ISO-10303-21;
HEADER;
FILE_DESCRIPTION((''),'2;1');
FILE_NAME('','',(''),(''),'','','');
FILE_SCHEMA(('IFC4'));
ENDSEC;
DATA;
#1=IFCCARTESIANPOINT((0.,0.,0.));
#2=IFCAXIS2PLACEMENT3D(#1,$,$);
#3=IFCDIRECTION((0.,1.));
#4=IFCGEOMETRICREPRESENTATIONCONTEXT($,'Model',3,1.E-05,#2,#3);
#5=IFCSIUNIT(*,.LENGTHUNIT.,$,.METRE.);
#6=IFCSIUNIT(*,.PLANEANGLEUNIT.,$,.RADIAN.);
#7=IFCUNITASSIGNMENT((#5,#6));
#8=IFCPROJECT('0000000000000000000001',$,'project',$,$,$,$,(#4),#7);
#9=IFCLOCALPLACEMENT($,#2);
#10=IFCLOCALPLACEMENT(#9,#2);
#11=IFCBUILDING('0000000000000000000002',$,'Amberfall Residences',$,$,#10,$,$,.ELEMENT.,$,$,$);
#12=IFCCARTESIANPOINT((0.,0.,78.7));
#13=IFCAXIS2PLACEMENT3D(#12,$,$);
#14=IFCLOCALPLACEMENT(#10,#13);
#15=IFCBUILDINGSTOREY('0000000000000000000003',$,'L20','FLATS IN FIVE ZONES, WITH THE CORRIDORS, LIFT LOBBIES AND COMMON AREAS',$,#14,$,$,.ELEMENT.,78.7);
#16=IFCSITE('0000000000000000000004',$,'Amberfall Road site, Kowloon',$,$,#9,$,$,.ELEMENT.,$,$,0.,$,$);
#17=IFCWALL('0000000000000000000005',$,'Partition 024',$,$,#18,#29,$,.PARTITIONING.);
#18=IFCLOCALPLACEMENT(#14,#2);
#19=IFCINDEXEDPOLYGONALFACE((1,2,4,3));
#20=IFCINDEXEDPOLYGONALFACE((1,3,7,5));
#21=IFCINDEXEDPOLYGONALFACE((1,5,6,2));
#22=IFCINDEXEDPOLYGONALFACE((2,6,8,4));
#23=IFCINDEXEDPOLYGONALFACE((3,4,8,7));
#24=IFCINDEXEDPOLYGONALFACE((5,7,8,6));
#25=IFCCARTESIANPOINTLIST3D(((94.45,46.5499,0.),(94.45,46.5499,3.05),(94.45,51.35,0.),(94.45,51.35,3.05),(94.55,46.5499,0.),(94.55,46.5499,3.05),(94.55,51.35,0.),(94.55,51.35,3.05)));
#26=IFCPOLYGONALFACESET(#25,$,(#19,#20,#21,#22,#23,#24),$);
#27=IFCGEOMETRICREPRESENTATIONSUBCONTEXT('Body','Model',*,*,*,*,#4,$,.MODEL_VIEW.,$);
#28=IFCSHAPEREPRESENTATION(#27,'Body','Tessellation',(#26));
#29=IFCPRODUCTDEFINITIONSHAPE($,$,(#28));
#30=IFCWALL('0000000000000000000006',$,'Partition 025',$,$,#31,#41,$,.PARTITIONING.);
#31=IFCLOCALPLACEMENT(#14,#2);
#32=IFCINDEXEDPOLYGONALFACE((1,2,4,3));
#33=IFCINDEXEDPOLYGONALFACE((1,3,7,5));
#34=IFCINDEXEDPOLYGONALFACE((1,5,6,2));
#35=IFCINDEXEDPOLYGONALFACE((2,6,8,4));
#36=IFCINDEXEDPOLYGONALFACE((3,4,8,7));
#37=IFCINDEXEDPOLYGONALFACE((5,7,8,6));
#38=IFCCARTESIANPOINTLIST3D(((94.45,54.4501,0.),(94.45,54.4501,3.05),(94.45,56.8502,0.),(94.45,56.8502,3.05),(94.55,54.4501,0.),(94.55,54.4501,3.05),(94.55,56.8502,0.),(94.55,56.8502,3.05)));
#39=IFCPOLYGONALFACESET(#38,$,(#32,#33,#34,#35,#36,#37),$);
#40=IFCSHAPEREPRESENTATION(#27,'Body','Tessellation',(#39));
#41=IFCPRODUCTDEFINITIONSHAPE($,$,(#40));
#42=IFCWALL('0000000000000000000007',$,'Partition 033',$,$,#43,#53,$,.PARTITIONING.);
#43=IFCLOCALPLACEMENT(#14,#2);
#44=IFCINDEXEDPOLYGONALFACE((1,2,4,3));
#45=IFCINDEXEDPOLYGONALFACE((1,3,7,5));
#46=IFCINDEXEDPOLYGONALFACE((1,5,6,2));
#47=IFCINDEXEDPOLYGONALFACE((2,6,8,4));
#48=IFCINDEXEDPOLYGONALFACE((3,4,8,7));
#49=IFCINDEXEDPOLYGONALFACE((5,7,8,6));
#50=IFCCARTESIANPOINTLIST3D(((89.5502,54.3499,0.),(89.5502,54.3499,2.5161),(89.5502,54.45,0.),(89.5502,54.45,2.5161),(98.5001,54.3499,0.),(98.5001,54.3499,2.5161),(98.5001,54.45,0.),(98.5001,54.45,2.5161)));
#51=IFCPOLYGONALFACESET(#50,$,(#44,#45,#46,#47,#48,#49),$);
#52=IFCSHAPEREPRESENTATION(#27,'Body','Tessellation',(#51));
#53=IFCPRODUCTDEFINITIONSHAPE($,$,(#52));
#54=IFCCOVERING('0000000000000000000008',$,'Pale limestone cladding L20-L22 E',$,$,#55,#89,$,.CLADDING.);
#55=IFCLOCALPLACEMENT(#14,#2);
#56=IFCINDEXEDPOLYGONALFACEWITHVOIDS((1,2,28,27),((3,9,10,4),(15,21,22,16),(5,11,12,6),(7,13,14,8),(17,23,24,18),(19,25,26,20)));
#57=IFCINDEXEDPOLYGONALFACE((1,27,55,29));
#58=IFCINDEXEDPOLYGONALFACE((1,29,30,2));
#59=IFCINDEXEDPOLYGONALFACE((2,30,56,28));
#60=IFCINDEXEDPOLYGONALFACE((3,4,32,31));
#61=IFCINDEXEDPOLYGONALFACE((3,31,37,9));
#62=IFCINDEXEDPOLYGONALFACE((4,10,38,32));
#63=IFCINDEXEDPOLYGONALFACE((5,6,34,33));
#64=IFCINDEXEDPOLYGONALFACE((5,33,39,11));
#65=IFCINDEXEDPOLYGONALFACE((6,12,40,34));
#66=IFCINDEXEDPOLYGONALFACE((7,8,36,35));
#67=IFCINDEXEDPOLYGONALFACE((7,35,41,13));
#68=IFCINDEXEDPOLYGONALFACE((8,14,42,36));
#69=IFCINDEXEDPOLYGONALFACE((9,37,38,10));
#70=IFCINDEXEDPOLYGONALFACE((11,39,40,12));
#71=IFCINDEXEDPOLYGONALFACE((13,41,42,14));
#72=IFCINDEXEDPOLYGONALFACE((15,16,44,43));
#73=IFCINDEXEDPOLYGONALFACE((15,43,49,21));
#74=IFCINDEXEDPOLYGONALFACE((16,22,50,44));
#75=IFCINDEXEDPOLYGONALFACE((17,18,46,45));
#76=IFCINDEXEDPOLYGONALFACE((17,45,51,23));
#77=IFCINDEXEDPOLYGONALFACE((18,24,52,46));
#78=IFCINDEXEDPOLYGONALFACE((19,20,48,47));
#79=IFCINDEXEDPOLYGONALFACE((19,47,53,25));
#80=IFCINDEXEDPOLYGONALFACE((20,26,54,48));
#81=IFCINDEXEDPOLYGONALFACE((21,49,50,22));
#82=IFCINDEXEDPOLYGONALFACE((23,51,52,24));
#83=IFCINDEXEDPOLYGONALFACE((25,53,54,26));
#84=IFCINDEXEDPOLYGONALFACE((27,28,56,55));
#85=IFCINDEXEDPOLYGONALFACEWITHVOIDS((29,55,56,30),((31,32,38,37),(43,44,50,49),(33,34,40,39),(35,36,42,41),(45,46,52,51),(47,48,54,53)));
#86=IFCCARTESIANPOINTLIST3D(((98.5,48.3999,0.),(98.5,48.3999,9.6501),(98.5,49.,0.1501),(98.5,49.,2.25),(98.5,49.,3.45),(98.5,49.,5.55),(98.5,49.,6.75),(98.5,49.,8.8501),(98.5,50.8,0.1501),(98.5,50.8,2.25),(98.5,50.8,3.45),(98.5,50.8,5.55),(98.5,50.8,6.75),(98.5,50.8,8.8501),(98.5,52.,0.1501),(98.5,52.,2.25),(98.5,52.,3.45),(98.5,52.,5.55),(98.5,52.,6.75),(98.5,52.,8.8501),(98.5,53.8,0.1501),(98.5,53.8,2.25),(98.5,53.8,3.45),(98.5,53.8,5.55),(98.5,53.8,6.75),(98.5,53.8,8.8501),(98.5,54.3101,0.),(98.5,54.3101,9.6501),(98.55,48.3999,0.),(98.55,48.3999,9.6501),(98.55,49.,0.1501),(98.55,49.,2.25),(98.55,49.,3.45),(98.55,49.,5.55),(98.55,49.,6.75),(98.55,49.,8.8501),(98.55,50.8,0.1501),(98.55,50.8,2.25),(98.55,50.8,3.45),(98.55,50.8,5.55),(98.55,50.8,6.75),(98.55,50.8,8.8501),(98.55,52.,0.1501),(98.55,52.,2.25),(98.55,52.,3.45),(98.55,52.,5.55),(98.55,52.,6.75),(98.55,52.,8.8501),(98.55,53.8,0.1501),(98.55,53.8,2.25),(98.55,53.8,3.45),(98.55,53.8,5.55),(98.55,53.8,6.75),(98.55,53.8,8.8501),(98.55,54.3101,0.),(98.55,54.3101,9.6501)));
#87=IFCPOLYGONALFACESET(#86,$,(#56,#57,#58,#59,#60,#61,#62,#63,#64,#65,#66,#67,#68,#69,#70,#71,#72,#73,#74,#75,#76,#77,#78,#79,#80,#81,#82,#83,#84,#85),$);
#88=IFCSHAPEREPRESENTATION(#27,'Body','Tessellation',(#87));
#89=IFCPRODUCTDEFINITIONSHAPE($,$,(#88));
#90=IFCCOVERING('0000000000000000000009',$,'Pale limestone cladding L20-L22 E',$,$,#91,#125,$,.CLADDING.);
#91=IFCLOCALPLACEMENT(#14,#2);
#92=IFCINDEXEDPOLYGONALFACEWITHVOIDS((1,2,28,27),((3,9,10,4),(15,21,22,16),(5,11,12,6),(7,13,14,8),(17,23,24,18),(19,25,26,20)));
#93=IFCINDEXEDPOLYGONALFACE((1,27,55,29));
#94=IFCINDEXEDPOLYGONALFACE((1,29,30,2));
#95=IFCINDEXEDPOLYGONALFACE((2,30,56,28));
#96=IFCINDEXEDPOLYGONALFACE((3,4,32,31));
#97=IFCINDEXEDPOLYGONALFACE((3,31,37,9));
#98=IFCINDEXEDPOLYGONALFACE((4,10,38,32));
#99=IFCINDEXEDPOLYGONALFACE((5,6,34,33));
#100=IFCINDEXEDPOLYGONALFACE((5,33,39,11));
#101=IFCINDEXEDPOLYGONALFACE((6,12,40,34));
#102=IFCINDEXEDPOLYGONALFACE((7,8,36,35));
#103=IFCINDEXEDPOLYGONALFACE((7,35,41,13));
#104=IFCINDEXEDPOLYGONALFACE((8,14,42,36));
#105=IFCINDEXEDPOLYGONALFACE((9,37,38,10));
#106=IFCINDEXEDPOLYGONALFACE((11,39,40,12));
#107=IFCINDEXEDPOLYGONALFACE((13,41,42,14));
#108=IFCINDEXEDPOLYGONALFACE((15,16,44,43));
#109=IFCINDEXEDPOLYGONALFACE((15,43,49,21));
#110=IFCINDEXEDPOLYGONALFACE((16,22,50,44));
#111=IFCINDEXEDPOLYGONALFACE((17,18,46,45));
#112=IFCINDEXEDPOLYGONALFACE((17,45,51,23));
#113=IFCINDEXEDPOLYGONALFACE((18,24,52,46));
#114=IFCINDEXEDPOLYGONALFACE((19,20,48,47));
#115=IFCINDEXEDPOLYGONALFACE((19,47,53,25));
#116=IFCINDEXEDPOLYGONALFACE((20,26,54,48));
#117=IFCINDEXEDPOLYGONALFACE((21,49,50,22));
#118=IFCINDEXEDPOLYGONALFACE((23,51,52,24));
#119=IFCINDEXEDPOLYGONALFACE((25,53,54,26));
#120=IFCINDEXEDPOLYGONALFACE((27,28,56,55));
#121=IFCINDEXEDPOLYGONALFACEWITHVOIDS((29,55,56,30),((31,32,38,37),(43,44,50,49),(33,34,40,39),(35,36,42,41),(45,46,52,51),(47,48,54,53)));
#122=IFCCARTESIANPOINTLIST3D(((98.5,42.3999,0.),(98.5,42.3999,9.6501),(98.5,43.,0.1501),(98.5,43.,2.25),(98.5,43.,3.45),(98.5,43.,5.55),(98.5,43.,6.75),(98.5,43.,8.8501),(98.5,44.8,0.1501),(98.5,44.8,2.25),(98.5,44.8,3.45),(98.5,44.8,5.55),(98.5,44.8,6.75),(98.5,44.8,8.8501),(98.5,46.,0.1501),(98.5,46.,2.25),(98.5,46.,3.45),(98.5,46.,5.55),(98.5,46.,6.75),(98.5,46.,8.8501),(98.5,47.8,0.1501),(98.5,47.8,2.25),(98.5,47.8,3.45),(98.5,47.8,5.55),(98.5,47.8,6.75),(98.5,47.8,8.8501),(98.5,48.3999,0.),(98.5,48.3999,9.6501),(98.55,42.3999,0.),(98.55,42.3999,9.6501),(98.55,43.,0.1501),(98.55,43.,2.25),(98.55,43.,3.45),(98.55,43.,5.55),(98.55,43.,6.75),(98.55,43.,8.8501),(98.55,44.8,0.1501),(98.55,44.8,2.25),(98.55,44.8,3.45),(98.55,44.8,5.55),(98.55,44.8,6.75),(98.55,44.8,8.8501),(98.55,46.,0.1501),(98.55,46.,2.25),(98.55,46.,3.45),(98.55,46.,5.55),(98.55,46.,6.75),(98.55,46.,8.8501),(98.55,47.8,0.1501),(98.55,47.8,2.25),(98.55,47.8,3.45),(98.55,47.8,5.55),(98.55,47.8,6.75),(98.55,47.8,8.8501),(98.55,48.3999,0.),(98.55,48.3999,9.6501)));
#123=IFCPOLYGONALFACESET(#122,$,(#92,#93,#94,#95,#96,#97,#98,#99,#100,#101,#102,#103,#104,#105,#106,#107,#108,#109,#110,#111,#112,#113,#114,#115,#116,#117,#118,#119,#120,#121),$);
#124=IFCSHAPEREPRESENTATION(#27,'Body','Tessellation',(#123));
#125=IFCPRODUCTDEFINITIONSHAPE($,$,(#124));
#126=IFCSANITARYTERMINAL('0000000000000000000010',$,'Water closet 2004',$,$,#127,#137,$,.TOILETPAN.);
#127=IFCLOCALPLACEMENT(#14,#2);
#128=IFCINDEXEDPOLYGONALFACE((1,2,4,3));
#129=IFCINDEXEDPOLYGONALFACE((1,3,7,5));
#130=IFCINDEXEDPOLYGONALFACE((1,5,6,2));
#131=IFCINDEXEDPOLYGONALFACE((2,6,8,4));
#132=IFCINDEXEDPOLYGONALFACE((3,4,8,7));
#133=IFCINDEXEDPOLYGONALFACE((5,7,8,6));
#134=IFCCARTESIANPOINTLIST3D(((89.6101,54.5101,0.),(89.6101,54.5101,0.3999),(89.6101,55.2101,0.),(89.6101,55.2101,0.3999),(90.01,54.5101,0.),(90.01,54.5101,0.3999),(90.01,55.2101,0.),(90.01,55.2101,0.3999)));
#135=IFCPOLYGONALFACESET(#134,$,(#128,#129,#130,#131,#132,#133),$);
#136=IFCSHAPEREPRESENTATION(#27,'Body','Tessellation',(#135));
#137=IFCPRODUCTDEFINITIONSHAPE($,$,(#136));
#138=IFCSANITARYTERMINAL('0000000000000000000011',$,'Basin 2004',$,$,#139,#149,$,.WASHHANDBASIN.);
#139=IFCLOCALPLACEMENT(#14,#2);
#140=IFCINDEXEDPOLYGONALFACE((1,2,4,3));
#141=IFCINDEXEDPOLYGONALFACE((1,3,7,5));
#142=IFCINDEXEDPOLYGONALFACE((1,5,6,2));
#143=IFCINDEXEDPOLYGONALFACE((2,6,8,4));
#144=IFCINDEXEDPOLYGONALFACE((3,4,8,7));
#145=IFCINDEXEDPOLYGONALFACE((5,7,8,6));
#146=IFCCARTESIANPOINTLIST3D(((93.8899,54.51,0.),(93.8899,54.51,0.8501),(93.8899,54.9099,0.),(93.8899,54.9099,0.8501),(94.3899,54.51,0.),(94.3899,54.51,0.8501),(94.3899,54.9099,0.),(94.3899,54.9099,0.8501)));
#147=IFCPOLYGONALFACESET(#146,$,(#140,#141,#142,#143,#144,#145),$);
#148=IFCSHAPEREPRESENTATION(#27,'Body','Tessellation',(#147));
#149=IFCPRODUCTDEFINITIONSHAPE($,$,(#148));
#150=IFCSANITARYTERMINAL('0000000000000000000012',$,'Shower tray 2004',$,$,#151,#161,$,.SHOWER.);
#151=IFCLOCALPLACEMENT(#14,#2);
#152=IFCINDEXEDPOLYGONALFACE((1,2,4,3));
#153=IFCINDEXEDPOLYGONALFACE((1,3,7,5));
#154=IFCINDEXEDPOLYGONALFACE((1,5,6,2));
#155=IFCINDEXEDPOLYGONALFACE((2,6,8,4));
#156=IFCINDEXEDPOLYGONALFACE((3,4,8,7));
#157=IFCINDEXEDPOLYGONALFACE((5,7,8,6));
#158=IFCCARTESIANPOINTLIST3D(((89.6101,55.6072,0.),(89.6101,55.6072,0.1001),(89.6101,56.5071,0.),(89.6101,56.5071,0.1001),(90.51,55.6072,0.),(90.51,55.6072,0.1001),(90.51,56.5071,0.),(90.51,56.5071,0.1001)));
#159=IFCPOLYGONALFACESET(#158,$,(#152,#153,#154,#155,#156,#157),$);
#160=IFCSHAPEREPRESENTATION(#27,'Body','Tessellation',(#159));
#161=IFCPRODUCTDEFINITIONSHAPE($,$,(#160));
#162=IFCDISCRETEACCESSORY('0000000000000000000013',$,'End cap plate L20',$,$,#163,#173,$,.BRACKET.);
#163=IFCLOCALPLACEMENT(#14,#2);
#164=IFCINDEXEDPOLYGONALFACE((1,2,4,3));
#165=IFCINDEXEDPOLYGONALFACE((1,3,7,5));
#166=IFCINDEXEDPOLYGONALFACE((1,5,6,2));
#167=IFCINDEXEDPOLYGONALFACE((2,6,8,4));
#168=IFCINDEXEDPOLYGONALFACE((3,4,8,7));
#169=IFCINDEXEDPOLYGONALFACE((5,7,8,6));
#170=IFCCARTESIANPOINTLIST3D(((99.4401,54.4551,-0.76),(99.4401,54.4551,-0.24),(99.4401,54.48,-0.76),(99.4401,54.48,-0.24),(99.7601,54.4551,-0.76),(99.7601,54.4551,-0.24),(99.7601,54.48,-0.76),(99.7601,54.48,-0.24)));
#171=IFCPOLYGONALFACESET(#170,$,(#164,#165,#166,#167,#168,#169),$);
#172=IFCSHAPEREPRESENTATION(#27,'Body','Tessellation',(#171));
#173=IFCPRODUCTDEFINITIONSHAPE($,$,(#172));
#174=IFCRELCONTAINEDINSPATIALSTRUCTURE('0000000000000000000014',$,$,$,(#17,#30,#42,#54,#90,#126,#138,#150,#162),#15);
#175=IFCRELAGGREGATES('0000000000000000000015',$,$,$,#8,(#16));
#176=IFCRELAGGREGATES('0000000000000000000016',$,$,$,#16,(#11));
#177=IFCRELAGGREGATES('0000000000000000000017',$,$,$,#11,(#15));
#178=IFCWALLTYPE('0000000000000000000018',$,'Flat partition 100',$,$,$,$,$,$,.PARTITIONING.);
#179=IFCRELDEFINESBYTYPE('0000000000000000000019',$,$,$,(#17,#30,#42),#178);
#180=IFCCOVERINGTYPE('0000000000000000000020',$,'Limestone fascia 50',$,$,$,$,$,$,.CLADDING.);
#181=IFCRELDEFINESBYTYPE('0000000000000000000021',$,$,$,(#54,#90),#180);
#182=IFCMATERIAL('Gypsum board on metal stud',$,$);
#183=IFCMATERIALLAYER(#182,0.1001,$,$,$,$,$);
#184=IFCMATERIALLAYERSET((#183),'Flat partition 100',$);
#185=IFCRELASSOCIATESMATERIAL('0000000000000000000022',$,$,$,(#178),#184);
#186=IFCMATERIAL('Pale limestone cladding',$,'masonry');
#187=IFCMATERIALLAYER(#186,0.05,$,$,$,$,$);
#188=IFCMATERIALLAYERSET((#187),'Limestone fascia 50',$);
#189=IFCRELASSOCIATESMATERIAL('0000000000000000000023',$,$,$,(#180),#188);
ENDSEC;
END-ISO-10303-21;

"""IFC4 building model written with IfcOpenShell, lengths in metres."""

from ifc_helpers import new_model, si_unit, direction, frame, frame_2d, origin, origin_2d, place, context, subcontext, project, spatial, polyline, rectangle, outline, extrude, material, layer, layer_set, type_object, element, save


model = new_model("IFC4")

# Units and contexts
model_context = context("Model", 3, precision=1e-05, world=origin(), true_north=direction((0.0, 1.0)))
body_context = subcontext(model_context, "Body", "Model", "MODEL_VIEW")
ifc_project = project(units=[si_unit("LENGTHUNIT", "METRE"), si_unit("PLANEANGLEUNIT", "RADIAN")], contexts=[model_context])

# Site, building, storey
site_placement = place(None, origin())
site = spatial("IfcSite", under=ifc_project, at=site_placement, Name="Amberfall Road site, Kowloon", CompositionType="ELEMENT", RefElevation=0.0)
building_placement = place(site_placement, origin())
building = spatial("IfcBuilding", under=site, at=building_placement, Name="Amberfall Residences", CompositionType="ELEMENT")
storey_placement = place(building_placement, frame((0.0, 0.0, 78.7)))
storey = spatial("IfcBuildingStorey", under=building, at=storey_placement, Name="L20", Description="FLATS IN FIVE ZONES, WITH THE CORRIDORS, LIFT LOBBIES AND COMMON AREAS", CompositionType="ELEMENT", Elevation=78.7)

# Walls
ifc_material_1 = material(Name="Gypsum board on metal stud")
ifc_layer_1 = layer(ifc_material_1, 0.1001)
ifc_layer_set_1 = layer_set([ifc_layer_1], Name="Flat partition 100")
wall_type_1 = type_object("IfcWallType", Name="Flat partition 100", PredefinedType="PARTITIONING", material=ifc_layer_set_1)
wall_1_placement = place(storey_placement, frame((94.5, 46.55, 0.0), z_axis=(0.0, 0.0, 1.0), x_axis=(0.0, 1.0, 0.0)))
element("IfcWall", 1, at=wall_1_placement, inside=storey, type_object=wall_type_1, Name="Partition 024", PredefinedType="PARTITIONING", context=body_context, shape_type="SweptSolid", body=[
    extrude(rectangle(XDim=4.8, YDim=0.1001, at=frame_2d((2.3999, 0.0))), origin(), (0.0, 0.0, 1.0), 3.05),
])
wall_2_placement = place(storey_placement, frame((94.5, 54.45, 0.0), z_axis=(0.0, 0.0, 1.0), x_axis=(0.0, 1.0, 0.0)))
element("IfcWall", 2, at=wall_2_placement, inside=storey, type_object=wall_type_1, Name="Partition 025", PredefinedType="PARTITIONING", context=body_context, shape_type="SweptSolid", body=[
    extrude(rectangle(XDim=2.4001, YDim=0.1001, at=frame_2d((1.2002, 0.0))), origin(), (0.0, 0.0, 1.0), 3.05),
])
wall_3_placement = place(storey_placement, frame((89.55, 54.3999, 0.0), z_axis=(0.0, 0.0, 1.0), x_axis=(1.0, 0.0, 0.0)))
element("IfcWall", 3, at=wall_3_placement, inside=storey, type_object=wall_type_1, Name="Partition 033", PredefinedType="PARTITIONING", context=body_context, shape_type="SweptSolid", body=[
    extrude(rectangle(XDim=8.95, YDim=0.1001, at=frame_2d((4.4751, 0.0))), origin(), (0.0, 0.0, 1.0), 2.5161),
])

# Coverings
ifc_material_2 = material(Name="Pale limestone cladding", Category="masonry")
ifc_layer_2 = layer(ifc_material_2, 0.05)
ifc_layer_set_2 = layer_set([ifc_layer_2], Name="Limestone fascia 50")
covering_type = type_object("IfcCoveringType", Name="Limestone fascia 50", PredefinedType="CLADDING", material=ifc_layer_set_2)
covering_1_placement = place(storey_placement, frame((98.5, 48.3999, 9.6501), z_axis=(-1.0, 0.0, 0.0), x_axis=(0.0, 1.0, 0.0)))
element("IfcCovering", 4, at=covering_1_placement, inside=storey, type_object=covering_type, Name="Pale limestone cladding L20-L22 E", PredefinedType="CLADDING", context=body_context, shape_type="SweptSolid", body=[
    extrude(outline(polyline([(0.0, 0.0), (5.9102, 0.0), (5.9102, 9.6501), (0.0, 9.6501), (0.0, 0.0)]), holes=[polyline([(0.6001, 7.4001), (2.4001, 7.4001), (2.4001, 9.5), (0.6001, 9.5), (0.6001, 7.4001)]), polyline([(3.6001, 7.4001), (5.4001, 7.4001), (5.4001, 9.5), (3.6001, 9.5), (3.6001, 7.4001)]), polyline([(0.6001, 4.1001), (2.4001, 4.1001), (2.4001, 6.2002), (0.6001, 6.2002), (0.6001, 4.1001)]), polyline([(3.6001, 4.1001), (5.4001, 4.1001), (5.4001, 6.2002), (3.6001, 6.2002), (3.6001, 4.1001)]), polyline([(0.6001, 0.8), (2.4001, 0.8), (2.4001, 2.9001), (0.6001, 2.9001), (0.6001, 0.8)]), polyline([(3.6001, 0.8), (5.4001, 0.8), (5.4001, 2.9001), (3.6001, 2.9001), (3.6001, 0.8)])]), origin(), (0.0, 0.0, -1.0), 0.05),
])
covering_2_placement = place(storey_placement, frame((98.5, 42.3999, 9.6501), z_axis=(-1.0, 0.0, 0.0), x_axis=(0.0, 1.0, 0.0)))
element("IfcCovering", 5, at=covering_2_placement, inside=storey, type_object=covering_type, Name="Pale limestone cladding L20-L22 E", PredefinedType="CLADDING", context=body_context, shape_type="SweptSolid", body=[
    extrude(outline(polyline([(0.0, 0.0), (6.0, 0.0), (6.0, 9.6501), (0.0, 9.6501), (0.0, 0.0)]), holes=[polyline([(0.6001, 7.4001), (2.4001, 7.4001), (2.4001, 9.5), (0.6001, 9.5), (0.6001, 7.4001)]), polyline([(3.6001, 7.4001), (5.4001, 7.4001), (5.4001, 9.5), (3.6001, 9.5), (3.6001, 7.4001)]), polyline([(0.6001, 4.1001), (2.4001, 4.1001), (2.4001, 6.2002), (0.6001, 6.2002), (0.6001, 4.1001)]), polyline([(3.6001, 4.1001), (5.4001, 4.1001), (5.4001, 6.2002), (3.6001, 6.2002), (3.6001, 4.1001)]), polyline([(0.6001, 0.8), (2.4001, 0.8), (2.4001, 2.9001), (0.6001, 2.9001), (0.6001, 0.8)]), polyline([(3.6001, 0.8), (5.4001, 0.8), (5.4001, 2.9001), (3.6001, 2.9001), (3.6001, 0.8)])]), origin(), (0.0, 0.0, -1.0), 0.05),
])

# Sanitary terminals
sanitary_terminal_1_placement = place(storey_placement, frame((89.8101, 54.8601, 0.0), z_axis=(0.0, 0.0, 1.0), x_axis=(1.0, 0.0, 0.0)))
element("IfcSanitaryTerminal", 6, at=sanitary_terminal_1_placement, inside=storey, Name="Water closet 2004", PredefinedType="TOILETPAN", context=body_context, shape_type="SweptSolid", body=[
    extrude(rectangle(XDim=0.3999, YDim=0.7, at=origin_2d()), origin(), (0.0, 0.0, 1.0), 0.3999),
])
sanitary_terminal_2_placement = place(storey_placement, frame((94.1399, 54.71, 0.0), z_axis=(0.0, 0.0, 1.0), x_axis=(1.0, 0.0, 0.0)))
element("IfcSanitaryTerminal", 7, at=sanitary_terminal_2_placement, inside=storey, Name="Basin 2004", PredefinedType="WASHHANDBASIN", context=body_context, shape_type="SweptSolid", body=[
    extrude(rectangle(XDim=0.5, YDim=0.3999, at=origin_2d()), origin(), (0.0, 0.0, 1.0), 0.8501),
])
sanitary_terminal_3_placement = place(storey_placement, frame((90.0601, 56.0571, 0.0), z_axis=(0.0, 0.0, 1.0), x_axis=(1.0, 0.0, 0.0)))
element("IfcSanitaryTerminal", 8, at=sanitary_terminal_3_placement, inside=storey, Name="Shower tray 2004", PredefinedType="SHOWER", context=body_context, shape_type="SweptSolid", body=[
    extrude(rectangle(XDim=0.8999, YDim=0.8999, at=origin_2d()), origin(), (0.0, 0.0, 1.0), 0.1001),
])

# Discrete accessory
discrete_accessory_placement = place(storey_placement, frame((99.6001, 54.4675, -0.76), z_axis=(0.0, 0.0, 1.0), x_axis=(0.0, -1.0, 0.0)))
element("IfcDiscreteAccessory", 9, at=discrete_accessory_placement, inside=storey, Name="End cap plate L20", PredefinedType="BRACKET", context=body_context, shape_type="SweptSolid", body=[
    extrude(rectangle(XDim=0.0249, YDim=0.3201, at=origin_2d()), origin(), (0.0, 0.0, 1.0), 0.52),
])

save(model, "model.ifc")
